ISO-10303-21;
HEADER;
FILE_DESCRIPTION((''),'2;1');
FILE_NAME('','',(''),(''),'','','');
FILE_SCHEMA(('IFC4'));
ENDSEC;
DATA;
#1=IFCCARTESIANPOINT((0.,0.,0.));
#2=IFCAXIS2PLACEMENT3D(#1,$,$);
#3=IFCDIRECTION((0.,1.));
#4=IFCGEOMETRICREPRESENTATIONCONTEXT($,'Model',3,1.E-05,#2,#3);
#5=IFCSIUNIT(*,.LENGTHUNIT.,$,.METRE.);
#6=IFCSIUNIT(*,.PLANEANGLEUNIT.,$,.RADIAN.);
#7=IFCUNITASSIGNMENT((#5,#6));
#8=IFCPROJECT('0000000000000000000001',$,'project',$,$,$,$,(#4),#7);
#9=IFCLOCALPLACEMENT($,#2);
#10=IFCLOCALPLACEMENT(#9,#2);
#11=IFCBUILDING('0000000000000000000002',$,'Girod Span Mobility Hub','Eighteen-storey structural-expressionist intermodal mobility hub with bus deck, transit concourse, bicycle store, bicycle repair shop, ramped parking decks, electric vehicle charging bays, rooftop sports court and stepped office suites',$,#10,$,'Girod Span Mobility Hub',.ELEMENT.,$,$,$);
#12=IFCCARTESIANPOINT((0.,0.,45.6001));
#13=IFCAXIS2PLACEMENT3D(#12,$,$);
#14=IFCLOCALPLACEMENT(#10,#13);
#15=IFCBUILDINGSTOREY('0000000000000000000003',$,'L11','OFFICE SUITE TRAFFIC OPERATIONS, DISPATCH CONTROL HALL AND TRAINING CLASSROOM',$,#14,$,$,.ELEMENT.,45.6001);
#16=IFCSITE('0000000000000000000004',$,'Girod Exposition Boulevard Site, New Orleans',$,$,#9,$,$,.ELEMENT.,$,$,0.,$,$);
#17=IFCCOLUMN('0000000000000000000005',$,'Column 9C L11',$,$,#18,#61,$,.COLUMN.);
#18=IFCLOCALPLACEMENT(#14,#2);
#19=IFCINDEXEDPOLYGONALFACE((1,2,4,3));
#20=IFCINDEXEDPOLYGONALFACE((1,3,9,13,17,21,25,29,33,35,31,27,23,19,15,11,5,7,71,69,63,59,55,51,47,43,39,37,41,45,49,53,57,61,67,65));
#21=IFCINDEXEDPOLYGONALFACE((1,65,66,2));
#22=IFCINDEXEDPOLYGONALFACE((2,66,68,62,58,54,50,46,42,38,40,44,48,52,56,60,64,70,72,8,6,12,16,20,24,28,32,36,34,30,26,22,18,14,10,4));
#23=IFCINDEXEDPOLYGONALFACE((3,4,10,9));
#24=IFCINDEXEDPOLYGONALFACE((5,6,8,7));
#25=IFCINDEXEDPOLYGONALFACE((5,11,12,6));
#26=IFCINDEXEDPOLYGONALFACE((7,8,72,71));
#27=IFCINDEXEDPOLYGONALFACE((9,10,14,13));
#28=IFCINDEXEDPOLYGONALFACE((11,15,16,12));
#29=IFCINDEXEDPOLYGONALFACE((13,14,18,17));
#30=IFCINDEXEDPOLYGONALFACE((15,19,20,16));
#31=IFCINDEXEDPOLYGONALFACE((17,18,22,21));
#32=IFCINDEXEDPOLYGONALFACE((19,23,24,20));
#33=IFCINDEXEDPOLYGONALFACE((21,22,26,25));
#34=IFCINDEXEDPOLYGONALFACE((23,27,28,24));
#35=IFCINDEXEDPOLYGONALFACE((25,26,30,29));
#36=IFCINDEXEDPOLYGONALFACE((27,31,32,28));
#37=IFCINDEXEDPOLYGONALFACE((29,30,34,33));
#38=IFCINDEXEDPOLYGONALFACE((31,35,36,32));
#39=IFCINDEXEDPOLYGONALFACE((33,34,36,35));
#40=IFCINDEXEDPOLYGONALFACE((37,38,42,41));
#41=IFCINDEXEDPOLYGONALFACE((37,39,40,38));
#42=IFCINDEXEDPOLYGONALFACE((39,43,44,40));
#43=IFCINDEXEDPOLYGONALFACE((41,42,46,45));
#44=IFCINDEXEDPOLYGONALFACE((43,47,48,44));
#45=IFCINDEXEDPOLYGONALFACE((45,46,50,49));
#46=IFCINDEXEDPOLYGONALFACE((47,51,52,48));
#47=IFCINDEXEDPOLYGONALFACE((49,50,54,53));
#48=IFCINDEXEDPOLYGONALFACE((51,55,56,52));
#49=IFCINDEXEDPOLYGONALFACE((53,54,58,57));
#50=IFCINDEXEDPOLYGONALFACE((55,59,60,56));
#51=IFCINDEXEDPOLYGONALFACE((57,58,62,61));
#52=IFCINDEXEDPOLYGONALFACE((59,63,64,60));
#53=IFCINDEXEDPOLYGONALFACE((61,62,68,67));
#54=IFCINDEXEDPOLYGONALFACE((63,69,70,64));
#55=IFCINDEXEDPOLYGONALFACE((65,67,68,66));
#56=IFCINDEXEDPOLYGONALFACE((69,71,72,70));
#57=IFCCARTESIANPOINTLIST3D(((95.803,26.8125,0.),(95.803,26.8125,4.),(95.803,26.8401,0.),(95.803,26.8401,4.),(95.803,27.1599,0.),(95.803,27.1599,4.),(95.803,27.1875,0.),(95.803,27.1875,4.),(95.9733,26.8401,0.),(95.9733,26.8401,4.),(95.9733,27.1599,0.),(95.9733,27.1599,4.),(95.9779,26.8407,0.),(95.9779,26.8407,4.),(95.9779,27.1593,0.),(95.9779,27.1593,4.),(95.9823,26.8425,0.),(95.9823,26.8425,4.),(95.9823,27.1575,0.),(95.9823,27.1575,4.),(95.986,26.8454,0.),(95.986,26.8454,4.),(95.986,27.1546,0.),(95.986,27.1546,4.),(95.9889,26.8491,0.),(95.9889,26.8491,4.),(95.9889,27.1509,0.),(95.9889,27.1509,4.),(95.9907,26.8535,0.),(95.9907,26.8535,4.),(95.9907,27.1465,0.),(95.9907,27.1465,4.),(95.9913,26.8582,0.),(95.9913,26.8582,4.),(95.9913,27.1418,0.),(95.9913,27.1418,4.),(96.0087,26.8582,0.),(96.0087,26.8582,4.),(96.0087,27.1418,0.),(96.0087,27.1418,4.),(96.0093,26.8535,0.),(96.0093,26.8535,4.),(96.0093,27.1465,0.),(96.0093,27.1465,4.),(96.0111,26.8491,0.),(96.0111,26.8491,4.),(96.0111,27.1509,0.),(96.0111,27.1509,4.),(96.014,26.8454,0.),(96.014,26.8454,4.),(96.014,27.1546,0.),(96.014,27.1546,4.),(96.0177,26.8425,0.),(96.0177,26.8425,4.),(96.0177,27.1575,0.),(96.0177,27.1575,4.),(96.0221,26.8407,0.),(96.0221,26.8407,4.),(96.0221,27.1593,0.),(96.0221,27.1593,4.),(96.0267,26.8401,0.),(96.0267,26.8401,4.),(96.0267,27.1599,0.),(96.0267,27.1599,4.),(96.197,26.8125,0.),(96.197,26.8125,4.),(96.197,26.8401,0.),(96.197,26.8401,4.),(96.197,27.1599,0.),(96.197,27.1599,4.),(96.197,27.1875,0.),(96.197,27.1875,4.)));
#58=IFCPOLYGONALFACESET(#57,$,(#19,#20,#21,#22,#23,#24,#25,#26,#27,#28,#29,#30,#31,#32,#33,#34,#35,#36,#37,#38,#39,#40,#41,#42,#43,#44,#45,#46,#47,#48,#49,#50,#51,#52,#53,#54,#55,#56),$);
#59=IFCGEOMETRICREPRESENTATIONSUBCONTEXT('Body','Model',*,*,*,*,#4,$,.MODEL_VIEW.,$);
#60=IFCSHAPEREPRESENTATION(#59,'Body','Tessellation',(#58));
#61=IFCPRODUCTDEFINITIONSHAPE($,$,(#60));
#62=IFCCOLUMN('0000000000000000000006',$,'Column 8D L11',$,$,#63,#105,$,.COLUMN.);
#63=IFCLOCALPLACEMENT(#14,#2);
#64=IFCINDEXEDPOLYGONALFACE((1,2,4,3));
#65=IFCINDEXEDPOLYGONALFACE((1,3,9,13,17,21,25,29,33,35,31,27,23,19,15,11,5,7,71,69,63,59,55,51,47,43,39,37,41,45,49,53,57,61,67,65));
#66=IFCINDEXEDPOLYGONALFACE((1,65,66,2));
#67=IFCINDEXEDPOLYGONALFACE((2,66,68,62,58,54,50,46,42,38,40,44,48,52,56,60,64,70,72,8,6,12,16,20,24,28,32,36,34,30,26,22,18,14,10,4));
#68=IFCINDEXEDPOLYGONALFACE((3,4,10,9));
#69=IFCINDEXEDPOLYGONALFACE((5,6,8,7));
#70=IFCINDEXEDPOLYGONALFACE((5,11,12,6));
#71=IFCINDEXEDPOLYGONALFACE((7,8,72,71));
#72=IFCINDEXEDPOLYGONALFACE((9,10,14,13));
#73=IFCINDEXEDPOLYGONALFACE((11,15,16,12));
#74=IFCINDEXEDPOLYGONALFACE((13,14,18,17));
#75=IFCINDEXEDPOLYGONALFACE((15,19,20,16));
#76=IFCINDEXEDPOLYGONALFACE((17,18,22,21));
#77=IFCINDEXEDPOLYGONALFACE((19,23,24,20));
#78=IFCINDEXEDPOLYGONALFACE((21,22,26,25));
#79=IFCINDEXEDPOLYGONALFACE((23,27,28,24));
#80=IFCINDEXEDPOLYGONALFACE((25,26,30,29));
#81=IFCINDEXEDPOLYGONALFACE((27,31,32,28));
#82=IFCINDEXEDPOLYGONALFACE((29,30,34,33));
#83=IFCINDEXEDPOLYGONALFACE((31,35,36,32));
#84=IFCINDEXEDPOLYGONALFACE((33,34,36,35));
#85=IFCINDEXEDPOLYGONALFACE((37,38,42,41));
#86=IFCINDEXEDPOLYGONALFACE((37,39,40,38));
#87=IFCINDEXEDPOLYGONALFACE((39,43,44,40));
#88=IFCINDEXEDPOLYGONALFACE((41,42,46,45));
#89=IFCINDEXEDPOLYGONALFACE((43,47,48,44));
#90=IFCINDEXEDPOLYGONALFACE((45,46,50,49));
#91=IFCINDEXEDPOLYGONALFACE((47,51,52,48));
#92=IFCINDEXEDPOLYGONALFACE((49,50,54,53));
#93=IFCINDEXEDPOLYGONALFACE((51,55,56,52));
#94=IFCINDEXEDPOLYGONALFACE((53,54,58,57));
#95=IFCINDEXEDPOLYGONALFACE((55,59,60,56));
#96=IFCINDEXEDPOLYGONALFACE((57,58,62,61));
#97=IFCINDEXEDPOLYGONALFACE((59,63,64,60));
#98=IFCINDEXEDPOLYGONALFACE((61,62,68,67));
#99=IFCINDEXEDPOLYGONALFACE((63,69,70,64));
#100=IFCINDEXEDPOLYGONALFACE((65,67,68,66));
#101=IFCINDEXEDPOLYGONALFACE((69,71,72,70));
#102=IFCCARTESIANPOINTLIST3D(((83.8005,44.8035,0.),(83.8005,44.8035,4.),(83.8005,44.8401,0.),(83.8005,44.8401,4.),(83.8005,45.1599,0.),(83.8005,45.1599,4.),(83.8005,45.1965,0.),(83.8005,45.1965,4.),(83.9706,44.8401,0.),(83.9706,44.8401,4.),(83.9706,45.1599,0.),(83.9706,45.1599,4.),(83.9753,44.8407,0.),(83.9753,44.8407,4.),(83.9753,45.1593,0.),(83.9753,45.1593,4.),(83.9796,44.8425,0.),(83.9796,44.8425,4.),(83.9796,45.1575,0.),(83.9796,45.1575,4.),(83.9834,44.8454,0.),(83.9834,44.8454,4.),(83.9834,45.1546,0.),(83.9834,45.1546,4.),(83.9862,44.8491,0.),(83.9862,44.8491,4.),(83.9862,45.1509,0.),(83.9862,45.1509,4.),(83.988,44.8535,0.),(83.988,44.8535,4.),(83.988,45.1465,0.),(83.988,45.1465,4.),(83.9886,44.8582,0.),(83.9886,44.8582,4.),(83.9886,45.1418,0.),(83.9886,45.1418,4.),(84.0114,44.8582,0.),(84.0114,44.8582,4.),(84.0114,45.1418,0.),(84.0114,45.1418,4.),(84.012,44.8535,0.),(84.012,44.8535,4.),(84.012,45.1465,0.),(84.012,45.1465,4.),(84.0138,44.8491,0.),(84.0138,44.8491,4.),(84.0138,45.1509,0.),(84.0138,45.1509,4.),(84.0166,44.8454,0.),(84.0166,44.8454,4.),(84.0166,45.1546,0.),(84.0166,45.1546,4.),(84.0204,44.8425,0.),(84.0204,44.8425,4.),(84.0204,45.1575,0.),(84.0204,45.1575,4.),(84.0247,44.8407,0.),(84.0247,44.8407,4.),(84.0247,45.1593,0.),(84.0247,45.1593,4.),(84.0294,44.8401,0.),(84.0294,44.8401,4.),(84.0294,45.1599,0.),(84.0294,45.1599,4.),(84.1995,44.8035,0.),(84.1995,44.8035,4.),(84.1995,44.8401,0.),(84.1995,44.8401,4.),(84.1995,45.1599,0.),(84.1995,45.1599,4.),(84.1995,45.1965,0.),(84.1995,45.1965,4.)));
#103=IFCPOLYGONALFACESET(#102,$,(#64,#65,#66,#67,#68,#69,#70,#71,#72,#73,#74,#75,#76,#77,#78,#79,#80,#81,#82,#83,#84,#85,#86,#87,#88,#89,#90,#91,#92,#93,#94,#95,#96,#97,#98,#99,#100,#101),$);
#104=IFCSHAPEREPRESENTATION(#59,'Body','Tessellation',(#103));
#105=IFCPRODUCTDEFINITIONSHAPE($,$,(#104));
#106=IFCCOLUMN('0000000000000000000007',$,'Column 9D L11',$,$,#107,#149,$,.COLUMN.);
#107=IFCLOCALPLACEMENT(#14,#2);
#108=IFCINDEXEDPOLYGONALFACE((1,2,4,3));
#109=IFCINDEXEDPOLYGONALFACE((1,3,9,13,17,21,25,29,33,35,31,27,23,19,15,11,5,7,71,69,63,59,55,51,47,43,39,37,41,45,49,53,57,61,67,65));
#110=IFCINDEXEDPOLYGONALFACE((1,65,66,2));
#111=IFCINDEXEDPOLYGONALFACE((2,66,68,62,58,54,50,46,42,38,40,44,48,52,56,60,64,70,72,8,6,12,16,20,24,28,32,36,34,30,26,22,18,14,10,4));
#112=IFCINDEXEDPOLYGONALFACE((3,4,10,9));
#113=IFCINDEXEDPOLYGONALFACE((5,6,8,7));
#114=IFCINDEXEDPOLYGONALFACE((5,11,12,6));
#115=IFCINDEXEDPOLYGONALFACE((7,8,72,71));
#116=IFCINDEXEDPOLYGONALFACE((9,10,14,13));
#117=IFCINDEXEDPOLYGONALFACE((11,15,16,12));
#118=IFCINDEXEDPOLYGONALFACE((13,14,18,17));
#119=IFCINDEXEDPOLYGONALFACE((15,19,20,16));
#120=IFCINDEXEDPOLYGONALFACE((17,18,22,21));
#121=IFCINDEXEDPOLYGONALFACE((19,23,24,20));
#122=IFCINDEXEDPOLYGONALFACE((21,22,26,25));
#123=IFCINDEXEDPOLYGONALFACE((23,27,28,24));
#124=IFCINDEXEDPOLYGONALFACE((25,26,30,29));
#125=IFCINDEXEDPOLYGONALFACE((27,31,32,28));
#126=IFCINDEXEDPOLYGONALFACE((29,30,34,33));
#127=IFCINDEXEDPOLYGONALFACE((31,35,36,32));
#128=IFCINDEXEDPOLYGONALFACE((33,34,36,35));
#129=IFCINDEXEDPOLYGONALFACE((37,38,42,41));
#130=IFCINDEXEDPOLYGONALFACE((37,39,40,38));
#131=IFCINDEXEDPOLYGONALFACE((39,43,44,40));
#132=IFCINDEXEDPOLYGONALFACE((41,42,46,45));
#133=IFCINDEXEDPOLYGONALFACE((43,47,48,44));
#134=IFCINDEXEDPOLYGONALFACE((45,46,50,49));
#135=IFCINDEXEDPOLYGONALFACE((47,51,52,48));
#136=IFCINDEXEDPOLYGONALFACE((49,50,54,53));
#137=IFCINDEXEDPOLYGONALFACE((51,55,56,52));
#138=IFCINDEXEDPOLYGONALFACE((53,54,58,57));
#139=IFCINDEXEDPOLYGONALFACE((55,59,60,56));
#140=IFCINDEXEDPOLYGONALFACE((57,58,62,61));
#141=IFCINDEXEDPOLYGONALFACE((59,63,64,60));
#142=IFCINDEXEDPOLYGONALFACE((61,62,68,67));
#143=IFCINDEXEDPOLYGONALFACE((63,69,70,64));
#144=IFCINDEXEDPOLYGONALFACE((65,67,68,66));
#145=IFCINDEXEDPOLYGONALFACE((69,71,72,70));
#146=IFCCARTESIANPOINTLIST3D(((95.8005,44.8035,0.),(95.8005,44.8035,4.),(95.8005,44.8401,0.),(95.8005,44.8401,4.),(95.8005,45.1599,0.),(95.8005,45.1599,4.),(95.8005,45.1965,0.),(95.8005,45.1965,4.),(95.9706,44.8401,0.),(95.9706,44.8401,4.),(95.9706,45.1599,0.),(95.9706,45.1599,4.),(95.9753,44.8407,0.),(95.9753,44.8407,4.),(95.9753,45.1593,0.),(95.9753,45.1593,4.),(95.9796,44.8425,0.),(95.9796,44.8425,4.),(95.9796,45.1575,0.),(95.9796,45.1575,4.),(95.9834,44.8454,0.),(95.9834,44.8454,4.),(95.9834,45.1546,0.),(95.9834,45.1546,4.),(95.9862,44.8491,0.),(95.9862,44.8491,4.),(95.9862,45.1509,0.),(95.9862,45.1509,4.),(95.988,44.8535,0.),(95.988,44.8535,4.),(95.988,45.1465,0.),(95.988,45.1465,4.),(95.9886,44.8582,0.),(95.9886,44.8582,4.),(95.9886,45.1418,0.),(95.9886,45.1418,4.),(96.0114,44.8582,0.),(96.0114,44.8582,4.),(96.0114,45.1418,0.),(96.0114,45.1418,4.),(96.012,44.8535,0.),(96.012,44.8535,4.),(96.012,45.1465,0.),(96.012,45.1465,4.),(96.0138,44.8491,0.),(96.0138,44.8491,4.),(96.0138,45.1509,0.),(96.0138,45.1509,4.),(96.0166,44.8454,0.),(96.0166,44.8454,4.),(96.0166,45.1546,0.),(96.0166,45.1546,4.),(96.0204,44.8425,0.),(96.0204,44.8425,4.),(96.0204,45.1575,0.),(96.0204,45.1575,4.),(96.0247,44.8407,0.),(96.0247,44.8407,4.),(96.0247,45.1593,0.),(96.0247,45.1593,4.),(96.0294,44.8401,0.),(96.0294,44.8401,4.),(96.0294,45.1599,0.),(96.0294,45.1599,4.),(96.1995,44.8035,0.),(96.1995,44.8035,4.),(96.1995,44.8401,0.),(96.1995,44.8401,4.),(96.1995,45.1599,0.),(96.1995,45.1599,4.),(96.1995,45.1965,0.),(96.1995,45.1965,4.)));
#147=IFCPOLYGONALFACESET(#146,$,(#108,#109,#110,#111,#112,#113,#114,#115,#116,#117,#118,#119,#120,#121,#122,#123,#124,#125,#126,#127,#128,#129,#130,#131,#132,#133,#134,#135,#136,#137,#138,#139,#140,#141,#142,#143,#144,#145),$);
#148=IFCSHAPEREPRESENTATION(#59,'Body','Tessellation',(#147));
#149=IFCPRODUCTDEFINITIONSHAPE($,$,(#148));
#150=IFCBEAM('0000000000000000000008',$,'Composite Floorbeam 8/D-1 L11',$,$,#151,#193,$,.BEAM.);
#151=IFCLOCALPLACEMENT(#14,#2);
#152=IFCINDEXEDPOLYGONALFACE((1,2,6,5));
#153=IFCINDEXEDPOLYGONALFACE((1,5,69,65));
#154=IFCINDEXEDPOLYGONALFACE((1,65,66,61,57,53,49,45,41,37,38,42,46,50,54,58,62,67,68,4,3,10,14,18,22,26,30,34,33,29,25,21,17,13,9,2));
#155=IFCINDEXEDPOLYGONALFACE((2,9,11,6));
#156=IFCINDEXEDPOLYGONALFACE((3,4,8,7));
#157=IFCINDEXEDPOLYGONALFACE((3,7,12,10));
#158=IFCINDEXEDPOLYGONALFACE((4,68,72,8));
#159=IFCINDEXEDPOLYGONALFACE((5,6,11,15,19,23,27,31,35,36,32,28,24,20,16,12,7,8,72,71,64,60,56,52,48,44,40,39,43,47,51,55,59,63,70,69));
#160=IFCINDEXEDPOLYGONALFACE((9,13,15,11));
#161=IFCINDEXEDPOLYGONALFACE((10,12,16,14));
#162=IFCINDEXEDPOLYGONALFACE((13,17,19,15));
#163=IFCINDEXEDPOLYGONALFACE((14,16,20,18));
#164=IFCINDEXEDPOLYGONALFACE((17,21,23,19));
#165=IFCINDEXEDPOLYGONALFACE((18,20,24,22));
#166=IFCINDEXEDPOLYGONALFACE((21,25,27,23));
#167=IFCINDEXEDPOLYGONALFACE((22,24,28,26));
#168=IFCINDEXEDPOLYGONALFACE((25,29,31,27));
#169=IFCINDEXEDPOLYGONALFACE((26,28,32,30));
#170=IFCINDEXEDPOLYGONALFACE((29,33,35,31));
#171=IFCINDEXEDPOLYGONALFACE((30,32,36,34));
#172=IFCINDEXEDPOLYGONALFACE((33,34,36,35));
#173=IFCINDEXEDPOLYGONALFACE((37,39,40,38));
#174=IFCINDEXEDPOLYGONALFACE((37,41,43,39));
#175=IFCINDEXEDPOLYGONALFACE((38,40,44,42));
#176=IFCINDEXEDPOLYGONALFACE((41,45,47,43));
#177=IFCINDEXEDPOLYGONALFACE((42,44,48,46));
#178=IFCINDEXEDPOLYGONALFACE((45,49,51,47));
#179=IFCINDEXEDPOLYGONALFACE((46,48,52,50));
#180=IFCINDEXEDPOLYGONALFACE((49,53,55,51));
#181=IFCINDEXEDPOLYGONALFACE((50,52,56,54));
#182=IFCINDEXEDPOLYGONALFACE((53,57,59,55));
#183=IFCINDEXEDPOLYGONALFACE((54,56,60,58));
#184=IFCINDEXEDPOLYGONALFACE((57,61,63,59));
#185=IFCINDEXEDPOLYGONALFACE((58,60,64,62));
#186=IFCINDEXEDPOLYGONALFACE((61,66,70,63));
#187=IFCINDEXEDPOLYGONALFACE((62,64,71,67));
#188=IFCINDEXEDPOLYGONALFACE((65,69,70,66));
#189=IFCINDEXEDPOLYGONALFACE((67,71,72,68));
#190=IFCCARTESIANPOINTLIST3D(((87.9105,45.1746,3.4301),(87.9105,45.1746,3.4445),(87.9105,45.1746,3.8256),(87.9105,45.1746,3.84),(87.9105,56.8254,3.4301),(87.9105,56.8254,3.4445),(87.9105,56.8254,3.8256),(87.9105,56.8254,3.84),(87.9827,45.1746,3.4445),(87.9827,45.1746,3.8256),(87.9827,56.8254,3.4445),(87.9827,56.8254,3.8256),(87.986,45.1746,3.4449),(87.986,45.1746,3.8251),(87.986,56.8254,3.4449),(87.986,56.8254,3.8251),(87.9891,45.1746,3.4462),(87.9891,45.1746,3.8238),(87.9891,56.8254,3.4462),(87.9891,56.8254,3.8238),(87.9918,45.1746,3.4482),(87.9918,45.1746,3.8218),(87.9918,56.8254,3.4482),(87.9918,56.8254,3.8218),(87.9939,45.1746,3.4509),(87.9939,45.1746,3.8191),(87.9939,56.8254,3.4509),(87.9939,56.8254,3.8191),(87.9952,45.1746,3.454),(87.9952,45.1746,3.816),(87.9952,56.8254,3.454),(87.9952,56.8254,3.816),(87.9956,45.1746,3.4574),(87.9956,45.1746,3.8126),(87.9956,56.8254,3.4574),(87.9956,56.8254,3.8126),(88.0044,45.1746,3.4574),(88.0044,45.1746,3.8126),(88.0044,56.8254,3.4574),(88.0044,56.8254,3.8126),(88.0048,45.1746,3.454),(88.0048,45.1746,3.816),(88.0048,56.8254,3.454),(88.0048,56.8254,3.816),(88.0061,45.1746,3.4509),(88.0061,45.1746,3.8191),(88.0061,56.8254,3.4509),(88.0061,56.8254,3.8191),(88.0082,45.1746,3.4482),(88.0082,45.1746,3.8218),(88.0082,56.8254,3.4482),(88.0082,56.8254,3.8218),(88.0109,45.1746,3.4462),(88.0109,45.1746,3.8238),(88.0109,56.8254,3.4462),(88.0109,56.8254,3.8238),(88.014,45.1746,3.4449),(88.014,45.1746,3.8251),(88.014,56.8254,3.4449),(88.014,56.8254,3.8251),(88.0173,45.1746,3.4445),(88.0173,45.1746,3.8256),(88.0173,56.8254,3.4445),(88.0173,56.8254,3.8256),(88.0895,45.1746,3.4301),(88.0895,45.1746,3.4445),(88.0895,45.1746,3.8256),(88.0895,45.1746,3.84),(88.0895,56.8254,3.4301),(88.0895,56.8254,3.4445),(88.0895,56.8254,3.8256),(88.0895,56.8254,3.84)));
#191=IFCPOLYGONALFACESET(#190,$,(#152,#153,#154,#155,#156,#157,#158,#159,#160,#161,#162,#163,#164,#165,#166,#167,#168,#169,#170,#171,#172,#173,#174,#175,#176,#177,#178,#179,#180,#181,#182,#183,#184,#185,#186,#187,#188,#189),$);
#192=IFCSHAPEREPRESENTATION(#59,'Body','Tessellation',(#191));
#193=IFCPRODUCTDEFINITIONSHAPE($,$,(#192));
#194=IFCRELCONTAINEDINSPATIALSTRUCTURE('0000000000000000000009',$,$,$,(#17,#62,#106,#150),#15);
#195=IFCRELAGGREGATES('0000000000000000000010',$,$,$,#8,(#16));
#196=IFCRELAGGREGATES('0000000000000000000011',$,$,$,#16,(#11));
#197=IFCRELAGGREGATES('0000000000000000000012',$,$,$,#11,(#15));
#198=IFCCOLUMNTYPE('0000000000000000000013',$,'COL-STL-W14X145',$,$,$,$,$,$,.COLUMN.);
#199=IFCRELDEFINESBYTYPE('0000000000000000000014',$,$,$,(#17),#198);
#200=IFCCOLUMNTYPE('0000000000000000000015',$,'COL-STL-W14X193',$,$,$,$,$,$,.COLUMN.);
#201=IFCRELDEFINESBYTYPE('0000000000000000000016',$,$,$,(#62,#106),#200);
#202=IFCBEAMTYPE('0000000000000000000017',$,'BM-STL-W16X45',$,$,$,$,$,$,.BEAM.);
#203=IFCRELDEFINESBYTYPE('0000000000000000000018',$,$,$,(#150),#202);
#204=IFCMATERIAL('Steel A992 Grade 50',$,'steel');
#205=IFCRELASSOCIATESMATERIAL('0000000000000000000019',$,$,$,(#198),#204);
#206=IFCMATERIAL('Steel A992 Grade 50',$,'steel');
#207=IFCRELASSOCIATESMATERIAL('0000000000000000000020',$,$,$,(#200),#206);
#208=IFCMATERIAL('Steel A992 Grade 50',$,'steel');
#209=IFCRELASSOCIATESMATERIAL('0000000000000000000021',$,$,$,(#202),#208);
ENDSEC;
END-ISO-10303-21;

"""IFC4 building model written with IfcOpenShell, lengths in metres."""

from ifc_helpers import new_model, si_unit, direction, frame, origin, origin_2d, place, context, subcontext, project, spatial, i_section, extrude, material, material_profile, profile_set, type_object, element, save


model = new_model("IFC4")

# Units and contexts
model_context = context("Model", 3, precision=1e-05, world=origin(), true_north=direction((0.0, 1.0)))
body_context = subcontext(model_context, "Body", "Model", "MODEL_VIEW")
ifc_project = project(units=[si_unit("LENGTHUNIT", "METRE"), si_unit("PLANEANGLEUNIT", "RADIAN")], contexts=[model_context])

# Site, building, storey
site_placement = place(None, origin())
site = spatial("IfcSite", under=ifc_project, at=site_placement, Name="Girod Exposition Boulevard Site, New Orleans", CompositionType="ELEMENT", RefElevation=0.0)
building_placement = place(site_placement, origin())
building = spatial("IfcBuilding", under=site, at=building_placement, Name="Girod Span Mobility Hub", Description="Eighteen-storey structural-expressionist intermodal mobility hub with bus deck, transit concourse, bicycle store, bicycle repair shop, ramped parking decks, electric vehicle charging bays, rooftop sports court and stepped office suites", LongName="Girod Span Mobility Hub", CompositionType="ELEMENT")
storey_placement = place(building_placement, frame((0.0, 0.0, 45.6001)))
storey = spatial("IfcBuildingStorey", under=building, at=storey_placement, Name="L11", Description="OFFICE SUITE TRAFFIC OPERATIONS, DISPATCH CONTROL HALL AND TRAINING CLASSROOM", CompositionType="ELEMENT", Elevation=45.6001)

# Columns
ifc_material_1 = material(Name="Steel A992 Grade 50", Category="steel")
ifc_material_profile_1 = material_profile(ifc_material_1, i_section(OverallWidth=0.394, OverallDepth=0.375, WebThickness=0.0173, FlangeThickness=0.0276, FilletRadius=0.0181, at=origin_2d()), Name="W14X145")
ifc_profile_set_1 = profile_set([ifc_material_profile_1], Name="Steel A992 Grade 50")
column_type_1 = type_object("IfcColumnType", Name="COL-STL-W14X145", PredefinedType="COLUMN", material=ifc_profile_set_1)
column_placement = place(storey_placement, frame((96.0, 27.0, 0.0), z_axis=(0.0, 0.0, 1.0), x_axis=(1.0, 0.0, 0.0)))
element("IfcColumn", 1, at=column_placement, inside=storey, type_object=column_type_1, Name="Column 9C L11", PredefinedType="COLUMN", context=body_context, shape_type="SweptSolid", body=[
    extrude(i_section(OverallWidth=0.394, OverallDepth=0.375, WebThickness=0.0173, FlangeThickness=0.0276, FilletRadius=0.0181, at=origin_2d()), origin(), (0.0, 0.0, 1.0), 4.0),
])
ifc_material_2 = material(Name="Steel A992 Grade 50", Category="steel")
ifc_material_profile_2 = material_profile(ifc_material_2, i_section(OverallWidth=0.3989, OverallDepth=0.3931, WebThickness=0.0227, FlangeThickness=0.0366, FilletRadius=0.0181, at=origin_2d()), Name="W14X193")
ifc_profile_set_2 = profile_set([ifc_material_profile_2], Name="Steel A992 Grade 50")
column_type_2 = type_object("IfcColumnType", Name="COL-STL-W14X193", PredefinedType="COLUMN", material=ifc_profile_set_2)
for number, where, z_axis, x_axis, name in (
    (2, (84.0, 45.0, 0.0), (0.0, 0.0, 1.0), (1.0, 0.0, 0.0), "Column 8D L11"),
    (3, (96.0, 45.0, 0.0), (0.0, 0.0, 1.0), (1.0, 0.0, 0.0), "Column 9D L11"),
):
    element("IfcColumn", number, at=place(storey_placement, frame(where, z_axis=z_axis, x_axis=x_axis)), inside=storey, type_object=column_type_2, Name=name, PredefinedType="COLUMN", context=body_context, shape_type="SweptSolid", body=[
        extrude(i_section(OverallWidth=0.3989, OverallDepth=0.3931, WebThickness=0.0227, FlangeThickness=0.0366, FilletRadius=0.0181, at=origin_2d()), origin(), (0.0, 0.0, 1.0), 4.0),
    ])

# Beam
ifc_material_3 = material(Name="Steel A992 Grade 50", Category="steel")
ifc_material_profile_3 = material_profile(ifc_material_3, i_section(OverallWidth=0.179, OverallDepth=0.4099, WebThickness=0.0088, FlangeThickness=0.0144, FilletRadius=0.0129, at=origin_2d()), Name="W16X45")
ifc_profile_set_3 = profile_set([ifc_material_profile_3], Name="Steel A992 Grade 50")
beam_type_1 = type_object("IfcBeamType", Name="BM-STL-W16X45", PredefinedType="BEAM", material=ifc_profile_set_3)
for number, where, z_axis, x_axis, name in (
    (4, (88.0, 45.1746, 3.635), (0.0, 1.0, 0.0), (-1.0, 0.0, 0.0), "Composite Floorbeam 8/D-1 L11"),
):
    element("IfcBeam", number, at=place(storey_placement, frame(where, z_axis=z_axis, x_axis=x_axis)), inside=storey, type_object=beam_type_1, Name=name, PredefinedType="BEAM", context=body_context, shape_type="SweptSolid", body=[
        extrude(i_section(OverallWidth=0.179, OverallDepth=0.4099, WebThickness=0.0088, FlangeThickness=0.0144, FilletRadius=0.0129, at=origin_2d()), origin(), (0.0, 0.0, 1.0), 11.6509),
    ])

save(model, "model.ifc")
